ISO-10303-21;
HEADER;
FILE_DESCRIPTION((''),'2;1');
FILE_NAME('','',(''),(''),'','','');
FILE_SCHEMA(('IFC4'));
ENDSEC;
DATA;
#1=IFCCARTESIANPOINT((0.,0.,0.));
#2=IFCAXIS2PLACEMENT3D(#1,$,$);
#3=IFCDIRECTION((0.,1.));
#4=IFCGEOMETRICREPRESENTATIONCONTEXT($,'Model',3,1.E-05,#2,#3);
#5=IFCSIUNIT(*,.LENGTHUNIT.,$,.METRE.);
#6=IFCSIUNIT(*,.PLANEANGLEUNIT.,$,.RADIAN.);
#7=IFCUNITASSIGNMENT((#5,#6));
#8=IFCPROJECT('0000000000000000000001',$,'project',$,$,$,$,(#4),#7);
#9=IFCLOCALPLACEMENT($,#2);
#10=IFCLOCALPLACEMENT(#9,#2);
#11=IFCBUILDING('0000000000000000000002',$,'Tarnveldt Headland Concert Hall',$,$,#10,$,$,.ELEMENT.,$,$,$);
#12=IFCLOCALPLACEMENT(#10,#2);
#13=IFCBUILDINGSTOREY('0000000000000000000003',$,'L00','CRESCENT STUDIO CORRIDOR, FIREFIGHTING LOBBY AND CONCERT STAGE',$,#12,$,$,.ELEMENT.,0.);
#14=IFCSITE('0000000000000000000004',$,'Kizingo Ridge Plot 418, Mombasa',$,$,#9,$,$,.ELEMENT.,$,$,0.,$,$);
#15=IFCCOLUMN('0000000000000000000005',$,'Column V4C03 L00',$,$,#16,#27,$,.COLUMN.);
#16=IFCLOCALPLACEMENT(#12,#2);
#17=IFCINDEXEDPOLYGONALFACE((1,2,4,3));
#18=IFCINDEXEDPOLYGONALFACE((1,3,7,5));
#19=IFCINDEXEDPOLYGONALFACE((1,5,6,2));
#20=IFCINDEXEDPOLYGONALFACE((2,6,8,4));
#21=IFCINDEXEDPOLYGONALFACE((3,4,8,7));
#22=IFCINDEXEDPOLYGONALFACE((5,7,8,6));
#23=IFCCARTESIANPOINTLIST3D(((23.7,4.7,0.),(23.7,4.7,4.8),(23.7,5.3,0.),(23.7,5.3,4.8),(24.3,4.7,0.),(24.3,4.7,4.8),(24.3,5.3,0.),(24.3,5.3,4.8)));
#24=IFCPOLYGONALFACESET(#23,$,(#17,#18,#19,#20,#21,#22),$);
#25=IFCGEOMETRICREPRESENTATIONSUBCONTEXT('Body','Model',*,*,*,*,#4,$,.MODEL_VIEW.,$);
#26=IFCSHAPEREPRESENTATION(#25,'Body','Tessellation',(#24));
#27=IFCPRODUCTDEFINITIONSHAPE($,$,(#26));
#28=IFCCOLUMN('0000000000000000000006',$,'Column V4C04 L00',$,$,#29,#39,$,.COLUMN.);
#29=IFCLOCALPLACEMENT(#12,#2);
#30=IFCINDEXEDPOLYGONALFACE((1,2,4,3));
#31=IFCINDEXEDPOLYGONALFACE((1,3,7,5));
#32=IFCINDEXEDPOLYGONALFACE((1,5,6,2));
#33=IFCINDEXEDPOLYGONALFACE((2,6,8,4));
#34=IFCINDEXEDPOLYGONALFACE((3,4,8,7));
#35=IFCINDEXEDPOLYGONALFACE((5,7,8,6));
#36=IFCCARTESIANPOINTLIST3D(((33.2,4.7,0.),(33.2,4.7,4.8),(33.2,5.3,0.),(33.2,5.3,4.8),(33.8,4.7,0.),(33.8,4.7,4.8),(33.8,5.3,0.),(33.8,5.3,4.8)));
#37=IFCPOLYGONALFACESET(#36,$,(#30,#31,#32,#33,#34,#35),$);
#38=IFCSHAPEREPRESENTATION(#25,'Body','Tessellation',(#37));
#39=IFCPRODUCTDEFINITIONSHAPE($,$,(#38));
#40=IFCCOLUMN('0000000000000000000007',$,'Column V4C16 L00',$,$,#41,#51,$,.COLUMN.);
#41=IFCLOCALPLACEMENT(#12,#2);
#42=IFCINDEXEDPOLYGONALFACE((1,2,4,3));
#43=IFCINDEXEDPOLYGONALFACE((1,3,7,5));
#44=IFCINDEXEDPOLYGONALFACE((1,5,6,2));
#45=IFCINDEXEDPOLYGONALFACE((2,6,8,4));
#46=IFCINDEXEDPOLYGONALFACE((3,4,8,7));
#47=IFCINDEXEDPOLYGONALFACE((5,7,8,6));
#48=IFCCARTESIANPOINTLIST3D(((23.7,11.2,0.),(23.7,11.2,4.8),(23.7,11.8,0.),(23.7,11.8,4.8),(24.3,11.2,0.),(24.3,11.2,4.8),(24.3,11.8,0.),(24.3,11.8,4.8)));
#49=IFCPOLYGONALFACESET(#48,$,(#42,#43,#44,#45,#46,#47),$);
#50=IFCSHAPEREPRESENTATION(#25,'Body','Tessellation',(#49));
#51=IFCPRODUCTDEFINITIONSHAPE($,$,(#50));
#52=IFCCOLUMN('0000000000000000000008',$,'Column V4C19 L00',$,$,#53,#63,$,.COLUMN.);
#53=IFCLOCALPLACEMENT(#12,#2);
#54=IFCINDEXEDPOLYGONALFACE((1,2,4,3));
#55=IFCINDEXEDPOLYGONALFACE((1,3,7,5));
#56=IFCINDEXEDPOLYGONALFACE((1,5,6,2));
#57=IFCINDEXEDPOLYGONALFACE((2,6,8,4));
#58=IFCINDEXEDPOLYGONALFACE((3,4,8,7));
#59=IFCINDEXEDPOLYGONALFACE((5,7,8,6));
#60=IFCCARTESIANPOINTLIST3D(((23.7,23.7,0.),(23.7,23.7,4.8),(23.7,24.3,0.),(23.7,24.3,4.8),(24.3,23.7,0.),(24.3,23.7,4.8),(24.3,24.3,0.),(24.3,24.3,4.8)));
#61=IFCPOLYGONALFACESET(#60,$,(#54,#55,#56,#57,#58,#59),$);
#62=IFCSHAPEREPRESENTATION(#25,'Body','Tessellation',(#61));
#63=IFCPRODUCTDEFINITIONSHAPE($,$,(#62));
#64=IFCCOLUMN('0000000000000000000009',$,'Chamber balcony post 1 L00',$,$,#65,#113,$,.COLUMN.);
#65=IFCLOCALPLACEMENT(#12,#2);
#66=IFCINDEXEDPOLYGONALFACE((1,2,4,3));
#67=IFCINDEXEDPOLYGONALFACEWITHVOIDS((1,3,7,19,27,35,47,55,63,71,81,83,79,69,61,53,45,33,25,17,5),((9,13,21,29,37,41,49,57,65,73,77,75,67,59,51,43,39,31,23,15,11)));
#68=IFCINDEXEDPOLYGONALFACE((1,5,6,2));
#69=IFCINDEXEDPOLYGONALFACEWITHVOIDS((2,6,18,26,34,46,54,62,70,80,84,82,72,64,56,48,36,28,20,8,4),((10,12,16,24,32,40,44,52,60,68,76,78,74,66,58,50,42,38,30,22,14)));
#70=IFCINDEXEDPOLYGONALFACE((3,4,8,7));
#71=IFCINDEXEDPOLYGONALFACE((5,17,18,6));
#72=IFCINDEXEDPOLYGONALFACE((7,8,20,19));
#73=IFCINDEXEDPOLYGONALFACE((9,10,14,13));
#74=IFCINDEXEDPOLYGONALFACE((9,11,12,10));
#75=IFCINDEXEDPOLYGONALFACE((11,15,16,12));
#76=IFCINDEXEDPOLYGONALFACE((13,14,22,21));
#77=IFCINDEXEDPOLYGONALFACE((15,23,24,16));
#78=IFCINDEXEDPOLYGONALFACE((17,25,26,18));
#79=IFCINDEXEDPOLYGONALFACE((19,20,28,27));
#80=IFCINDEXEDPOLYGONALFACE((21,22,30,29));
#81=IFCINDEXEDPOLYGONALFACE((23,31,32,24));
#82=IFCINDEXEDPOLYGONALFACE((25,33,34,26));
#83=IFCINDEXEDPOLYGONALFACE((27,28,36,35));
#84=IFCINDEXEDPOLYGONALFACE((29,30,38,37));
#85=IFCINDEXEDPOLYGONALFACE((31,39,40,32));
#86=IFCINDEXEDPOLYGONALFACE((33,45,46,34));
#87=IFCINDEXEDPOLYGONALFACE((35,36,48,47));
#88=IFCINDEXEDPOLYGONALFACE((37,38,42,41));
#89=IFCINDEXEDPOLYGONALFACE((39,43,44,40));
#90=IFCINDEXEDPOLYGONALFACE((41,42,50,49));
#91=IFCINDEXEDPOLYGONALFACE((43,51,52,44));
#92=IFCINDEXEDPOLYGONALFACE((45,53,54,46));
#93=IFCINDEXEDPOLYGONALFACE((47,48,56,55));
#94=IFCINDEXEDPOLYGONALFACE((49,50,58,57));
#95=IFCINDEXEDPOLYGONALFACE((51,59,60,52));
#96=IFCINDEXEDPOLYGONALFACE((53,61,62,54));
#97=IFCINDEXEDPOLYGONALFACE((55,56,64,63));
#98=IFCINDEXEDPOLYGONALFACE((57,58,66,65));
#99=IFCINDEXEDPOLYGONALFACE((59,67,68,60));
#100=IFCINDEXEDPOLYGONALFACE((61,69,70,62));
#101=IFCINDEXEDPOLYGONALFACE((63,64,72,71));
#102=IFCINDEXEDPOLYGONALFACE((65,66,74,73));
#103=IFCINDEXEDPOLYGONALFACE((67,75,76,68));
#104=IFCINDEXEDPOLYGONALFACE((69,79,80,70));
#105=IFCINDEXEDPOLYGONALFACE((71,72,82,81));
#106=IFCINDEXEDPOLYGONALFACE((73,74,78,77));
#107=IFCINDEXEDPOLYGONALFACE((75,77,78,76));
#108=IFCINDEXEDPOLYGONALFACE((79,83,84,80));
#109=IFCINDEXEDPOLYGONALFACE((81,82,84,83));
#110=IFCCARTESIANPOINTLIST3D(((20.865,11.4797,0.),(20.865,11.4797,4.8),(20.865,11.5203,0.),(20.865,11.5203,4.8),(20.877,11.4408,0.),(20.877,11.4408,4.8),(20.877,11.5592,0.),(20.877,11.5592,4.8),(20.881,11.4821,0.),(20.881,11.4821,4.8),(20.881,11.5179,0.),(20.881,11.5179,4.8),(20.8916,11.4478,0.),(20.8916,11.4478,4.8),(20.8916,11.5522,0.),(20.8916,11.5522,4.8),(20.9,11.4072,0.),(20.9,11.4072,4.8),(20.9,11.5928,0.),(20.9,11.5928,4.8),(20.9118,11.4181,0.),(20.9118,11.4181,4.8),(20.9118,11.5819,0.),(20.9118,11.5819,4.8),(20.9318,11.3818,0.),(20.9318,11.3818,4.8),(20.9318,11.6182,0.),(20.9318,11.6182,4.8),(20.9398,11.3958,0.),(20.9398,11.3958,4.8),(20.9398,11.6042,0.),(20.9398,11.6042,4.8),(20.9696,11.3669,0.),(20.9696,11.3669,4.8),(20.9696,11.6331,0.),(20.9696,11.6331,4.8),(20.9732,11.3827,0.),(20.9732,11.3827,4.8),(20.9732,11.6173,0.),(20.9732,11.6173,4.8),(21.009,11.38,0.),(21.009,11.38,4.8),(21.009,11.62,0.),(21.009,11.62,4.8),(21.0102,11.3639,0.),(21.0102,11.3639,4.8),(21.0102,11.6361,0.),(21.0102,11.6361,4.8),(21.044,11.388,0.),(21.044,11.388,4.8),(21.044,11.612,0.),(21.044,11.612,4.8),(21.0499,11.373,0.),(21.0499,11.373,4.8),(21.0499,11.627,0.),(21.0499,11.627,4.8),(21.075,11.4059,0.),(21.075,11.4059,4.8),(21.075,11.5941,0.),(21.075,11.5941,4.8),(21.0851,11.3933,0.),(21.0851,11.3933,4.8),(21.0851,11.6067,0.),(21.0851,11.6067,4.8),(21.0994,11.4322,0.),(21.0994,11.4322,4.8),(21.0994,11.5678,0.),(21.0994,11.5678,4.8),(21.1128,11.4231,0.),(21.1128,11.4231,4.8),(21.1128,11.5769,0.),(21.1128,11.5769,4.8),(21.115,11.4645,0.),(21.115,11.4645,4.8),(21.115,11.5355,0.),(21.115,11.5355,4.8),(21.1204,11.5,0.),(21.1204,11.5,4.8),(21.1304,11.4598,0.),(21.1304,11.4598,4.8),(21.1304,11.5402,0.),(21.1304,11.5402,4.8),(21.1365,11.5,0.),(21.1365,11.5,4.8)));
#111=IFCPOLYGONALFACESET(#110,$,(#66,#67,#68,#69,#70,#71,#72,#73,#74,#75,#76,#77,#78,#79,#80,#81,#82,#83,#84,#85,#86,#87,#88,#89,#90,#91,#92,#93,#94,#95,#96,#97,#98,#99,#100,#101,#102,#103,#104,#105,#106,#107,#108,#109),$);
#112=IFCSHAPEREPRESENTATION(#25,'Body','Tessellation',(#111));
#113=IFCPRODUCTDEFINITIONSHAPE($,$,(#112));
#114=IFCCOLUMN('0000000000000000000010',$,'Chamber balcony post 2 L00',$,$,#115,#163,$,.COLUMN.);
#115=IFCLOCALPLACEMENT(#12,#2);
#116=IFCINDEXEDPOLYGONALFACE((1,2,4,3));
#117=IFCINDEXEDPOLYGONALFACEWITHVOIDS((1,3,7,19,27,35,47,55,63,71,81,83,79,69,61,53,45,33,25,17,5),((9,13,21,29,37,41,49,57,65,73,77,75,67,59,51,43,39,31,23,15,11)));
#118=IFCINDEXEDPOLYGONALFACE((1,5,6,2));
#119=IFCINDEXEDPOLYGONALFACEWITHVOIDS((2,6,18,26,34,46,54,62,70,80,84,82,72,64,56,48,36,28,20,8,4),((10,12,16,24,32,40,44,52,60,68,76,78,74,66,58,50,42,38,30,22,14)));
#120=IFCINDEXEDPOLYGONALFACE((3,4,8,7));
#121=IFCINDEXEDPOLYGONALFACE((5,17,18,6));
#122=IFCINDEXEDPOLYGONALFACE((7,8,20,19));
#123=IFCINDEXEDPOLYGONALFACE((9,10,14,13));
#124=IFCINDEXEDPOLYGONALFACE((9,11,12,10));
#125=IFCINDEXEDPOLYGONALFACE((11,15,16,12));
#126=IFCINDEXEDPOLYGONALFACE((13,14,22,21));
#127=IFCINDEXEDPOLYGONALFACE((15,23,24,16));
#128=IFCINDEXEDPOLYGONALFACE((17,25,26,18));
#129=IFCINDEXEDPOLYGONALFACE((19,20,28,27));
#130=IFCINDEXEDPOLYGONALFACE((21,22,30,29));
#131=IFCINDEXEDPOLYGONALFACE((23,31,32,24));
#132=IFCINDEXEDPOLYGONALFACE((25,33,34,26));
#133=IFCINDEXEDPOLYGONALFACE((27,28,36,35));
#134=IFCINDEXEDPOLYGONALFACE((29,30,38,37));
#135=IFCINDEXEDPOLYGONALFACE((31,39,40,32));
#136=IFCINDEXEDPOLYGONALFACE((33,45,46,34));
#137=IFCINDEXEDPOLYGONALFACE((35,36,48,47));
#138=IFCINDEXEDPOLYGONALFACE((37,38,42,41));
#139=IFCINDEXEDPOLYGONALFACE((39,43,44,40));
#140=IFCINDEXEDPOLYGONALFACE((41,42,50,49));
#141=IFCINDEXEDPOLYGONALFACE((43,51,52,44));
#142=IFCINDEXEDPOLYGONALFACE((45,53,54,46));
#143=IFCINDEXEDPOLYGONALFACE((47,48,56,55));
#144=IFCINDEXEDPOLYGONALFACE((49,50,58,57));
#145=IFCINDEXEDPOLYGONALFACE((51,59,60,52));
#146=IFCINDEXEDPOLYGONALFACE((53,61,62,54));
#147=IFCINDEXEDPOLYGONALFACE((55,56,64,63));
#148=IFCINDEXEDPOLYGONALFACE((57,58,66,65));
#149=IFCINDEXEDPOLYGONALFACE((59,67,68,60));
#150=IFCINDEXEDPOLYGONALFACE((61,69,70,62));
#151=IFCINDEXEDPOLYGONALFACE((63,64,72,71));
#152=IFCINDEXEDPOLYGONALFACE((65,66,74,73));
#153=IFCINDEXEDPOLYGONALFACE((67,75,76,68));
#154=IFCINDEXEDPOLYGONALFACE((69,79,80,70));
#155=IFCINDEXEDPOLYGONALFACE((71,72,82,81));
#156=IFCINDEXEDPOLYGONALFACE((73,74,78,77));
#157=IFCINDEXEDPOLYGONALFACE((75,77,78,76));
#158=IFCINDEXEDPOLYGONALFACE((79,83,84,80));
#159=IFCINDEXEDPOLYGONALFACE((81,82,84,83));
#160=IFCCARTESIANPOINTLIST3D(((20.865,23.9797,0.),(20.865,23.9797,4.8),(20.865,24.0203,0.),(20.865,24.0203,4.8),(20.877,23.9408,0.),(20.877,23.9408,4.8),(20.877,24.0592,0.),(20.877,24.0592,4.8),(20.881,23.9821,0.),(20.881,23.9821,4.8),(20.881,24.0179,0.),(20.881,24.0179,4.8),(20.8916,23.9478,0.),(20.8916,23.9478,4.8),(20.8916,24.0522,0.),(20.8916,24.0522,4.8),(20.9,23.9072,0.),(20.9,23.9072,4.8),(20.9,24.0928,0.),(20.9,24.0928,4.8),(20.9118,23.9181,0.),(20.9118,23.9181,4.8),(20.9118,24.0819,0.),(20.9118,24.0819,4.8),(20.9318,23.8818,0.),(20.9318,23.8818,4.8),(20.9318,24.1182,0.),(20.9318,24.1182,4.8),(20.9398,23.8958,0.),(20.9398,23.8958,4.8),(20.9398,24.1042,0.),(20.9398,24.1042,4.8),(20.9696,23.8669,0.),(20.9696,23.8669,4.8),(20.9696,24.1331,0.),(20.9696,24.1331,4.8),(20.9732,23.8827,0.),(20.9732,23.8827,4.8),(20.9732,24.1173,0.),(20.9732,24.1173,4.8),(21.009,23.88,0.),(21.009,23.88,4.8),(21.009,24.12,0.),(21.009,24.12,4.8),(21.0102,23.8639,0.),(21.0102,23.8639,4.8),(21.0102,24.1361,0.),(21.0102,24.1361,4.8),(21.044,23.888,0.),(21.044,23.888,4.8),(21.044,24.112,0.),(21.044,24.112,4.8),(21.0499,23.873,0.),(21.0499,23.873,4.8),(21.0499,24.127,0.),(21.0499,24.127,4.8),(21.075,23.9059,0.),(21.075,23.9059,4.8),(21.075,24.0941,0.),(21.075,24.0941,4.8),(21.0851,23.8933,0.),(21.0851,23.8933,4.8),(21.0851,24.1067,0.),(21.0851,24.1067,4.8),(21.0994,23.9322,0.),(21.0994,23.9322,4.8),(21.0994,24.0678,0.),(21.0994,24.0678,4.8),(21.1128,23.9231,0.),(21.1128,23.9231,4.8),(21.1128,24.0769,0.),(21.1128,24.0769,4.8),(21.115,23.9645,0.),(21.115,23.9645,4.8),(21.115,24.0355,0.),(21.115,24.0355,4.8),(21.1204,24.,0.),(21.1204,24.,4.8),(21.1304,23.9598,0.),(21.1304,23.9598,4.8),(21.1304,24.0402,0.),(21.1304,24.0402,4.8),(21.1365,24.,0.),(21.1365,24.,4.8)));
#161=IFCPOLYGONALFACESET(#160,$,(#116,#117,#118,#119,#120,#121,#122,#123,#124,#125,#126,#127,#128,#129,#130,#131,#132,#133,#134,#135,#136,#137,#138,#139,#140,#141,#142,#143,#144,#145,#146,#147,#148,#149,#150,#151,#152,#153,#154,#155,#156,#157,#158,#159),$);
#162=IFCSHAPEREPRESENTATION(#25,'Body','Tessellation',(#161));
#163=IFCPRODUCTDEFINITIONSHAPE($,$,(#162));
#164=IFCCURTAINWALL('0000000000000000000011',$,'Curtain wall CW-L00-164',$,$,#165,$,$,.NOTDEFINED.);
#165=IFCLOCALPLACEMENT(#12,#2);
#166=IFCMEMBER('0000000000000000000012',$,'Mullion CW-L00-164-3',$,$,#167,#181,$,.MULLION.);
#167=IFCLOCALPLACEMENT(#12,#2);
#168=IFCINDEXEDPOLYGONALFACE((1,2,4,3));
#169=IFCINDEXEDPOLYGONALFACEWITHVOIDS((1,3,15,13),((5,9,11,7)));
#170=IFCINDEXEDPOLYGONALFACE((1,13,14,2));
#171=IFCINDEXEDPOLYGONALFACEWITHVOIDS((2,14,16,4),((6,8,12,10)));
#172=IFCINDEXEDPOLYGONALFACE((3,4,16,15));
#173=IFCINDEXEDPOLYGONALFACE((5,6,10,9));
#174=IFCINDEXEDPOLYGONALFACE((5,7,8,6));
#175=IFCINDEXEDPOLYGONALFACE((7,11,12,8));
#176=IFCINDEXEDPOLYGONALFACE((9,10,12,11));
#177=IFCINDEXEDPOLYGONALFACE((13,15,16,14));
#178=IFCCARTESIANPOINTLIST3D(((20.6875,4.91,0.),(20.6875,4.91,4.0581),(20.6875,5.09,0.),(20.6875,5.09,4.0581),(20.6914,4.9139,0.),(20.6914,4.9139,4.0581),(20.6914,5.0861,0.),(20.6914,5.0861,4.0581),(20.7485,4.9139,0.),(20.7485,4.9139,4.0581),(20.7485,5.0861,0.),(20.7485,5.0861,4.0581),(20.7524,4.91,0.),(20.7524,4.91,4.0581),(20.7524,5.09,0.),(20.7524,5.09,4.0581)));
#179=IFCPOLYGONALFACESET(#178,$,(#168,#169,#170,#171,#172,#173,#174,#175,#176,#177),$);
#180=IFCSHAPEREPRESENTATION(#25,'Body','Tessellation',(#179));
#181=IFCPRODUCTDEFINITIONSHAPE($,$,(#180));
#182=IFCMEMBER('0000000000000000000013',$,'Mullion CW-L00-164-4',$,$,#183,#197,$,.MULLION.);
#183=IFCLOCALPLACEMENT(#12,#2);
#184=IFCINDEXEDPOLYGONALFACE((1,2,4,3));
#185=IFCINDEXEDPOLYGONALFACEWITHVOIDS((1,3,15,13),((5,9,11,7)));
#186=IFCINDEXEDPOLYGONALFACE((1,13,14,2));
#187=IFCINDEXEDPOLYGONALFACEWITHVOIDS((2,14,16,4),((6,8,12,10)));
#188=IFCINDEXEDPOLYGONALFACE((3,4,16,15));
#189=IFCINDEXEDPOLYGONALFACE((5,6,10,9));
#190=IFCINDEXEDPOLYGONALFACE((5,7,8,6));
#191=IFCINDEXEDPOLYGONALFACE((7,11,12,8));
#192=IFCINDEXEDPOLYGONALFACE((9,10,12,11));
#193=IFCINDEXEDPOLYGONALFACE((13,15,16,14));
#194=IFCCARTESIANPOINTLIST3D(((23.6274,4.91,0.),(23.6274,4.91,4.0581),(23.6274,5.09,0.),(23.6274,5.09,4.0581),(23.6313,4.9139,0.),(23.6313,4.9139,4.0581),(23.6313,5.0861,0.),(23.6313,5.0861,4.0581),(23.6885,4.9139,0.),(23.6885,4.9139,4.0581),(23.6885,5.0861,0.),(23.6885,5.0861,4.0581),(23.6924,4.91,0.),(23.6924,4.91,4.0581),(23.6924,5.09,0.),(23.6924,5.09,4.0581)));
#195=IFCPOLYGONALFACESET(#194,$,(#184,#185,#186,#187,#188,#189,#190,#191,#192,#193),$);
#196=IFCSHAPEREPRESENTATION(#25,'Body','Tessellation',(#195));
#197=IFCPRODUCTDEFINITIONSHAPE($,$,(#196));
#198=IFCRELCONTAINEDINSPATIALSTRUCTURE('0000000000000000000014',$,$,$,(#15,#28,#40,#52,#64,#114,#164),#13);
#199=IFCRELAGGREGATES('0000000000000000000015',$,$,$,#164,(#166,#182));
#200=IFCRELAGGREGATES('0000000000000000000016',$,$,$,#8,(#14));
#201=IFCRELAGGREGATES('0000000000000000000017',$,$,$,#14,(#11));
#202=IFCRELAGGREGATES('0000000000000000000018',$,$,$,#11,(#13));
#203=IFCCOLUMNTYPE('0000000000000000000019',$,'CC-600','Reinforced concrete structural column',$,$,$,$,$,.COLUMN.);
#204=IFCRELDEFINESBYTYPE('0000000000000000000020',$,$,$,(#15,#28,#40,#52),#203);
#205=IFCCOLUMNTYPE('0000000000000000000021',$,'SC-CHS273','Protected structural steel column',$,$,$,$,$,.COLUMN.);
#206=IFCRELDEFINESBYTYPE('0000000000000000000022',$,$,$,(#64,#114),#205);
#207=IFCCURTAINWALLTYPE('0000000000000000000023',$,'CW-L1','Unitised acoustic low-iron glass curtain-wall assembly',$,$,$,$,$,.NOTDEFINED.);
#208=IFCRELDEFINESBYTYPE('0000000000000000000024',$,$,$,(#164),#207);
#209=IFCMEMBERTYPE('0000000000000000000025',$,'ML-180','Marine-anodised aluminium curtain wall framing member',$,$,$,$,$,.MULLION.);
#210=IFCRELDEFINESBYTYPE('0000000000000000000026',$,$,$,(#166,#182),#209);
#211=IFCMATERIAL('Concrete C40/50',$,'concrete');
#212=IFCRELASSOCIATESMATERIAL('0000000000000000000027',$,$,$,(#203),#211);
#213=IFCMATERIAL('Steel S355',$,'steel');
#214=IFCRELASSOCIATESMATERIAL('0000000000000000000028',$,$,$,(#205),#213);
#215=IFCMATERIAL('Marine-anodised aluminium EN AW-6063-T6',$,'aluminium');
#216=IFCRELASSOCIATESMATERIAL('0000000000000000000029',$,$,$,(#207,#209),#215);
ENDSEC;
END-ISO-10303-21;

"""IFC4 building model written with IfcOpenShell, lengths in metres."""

from ifc_helpers import new_model, si_unit, direction, frame, origin, origin_2d, place, context, subcontext, project, spatial, rectangle, hollow_rectangle, hollow_circle, extrude, material, material_profile, profile_set, type_object, element, aggregate, save


model = new_model("IFC4")

# Units and contexts
model_context = context("Model", 3, precision=1e-05, world=origin(), true_north=direction((0.0, 1.0)))
body_context = subcontext(model_context, "Body", "Model", "MODEL_VIEW")
ifc_project = project(units=[si_unit("LENGTHUNIT", "METRE"), si_unit("PLANEANGLEUNIT", "RADIAN")], contexts=[model_context])

# Site, building, storey
site_placement = place(None, origin())
site = spatial("IfcSite", under=ifc_project, at=site_placement, Name="Kizingo Ridge Plot 418, Mombasa", CompositionType="ELEMENT", RefElevation=0.0)
building_placement = place(site_placement, origin())
building = spatial("IfcBuilding", under=site, at=building_placement, Name="Tarnveldt Headland Concert Hall", CompositionType="ELEMENT")
storey_placement = place(building_placement, origin())
storey = spatial("IfcBuildingStorey", under=building, at=storey_placement, Name="L00", Description="CRESCENT STUDIO CORRIDOR, FIREFIGHTING LOBBY AND CONCERT STAGE", CompositionType="ELEMENT", Elevation=0.0)

# Columns
ifc_material_1 = material(Name="Concrete C40/50", Category="concrete")
ifc_material_profile_1 = material_profile(ifc_material_1, rectangle(XDim=0.6001, YDim=0.6001, at=origin_2d()), Name="RC 600x600", Category="concrete")
ifc_profile_set_1 = profile_set([ifc_material_profile_1], Name="Concrete C40/50")
column_type_1 = type_object("IfcColumnType", Name="CC-600", Description="Reinforced concrete structural column", PredefinedType="COLUMN", material=ifc_profile_set_1)
for number, where, z_axis, x_axis, name in (
    (1, (24.0, 5.0, 0.0), (0.0, 0.0, 1.0), (1.0, 0.0, 0.0), "Column V4C03 L00"),
    (2, (33.5, 5.0, 0.0), (0.0, 0.0, 1.0), (1.0, 0.0, 0.0), "Column V4C04 L00"),
    (3, (24.0, 11.5, 0.0), (0.0, 0.0, 1.0), (1.0, 0.0, 0.0), "Column V4C16 L00"),
    (4, (24.0, 24.0, 0.0), (0.0, 0.0, 1.0), (1.0, 0.0, 0.0), "Column V4C19 L00"),
):
    element("IfcColumn", number, at=place(storey_placement, frame(where, z_axis=z_axis, x_axis=x_axis)), inside=storey, type_object=column_type_1, Name=name, PredefinedType="COLUMN", context=body_context, shape_type="SweptSolid", body=[
        extrude(rectangle(XDim=0.6001, YDim=0.6001, at=origin_2d()), origin(), (0.0, 0.0, 1.0), 4.8),
    ])
ifc_material_2 = material(Name="Steel S355", Category="steel")
ifc_material_profile_2 = material_profile(ifc_material_2, hollow_circle(Radius=0.1365, WallThickness=0.0161, at=origin_2d()), Name="CHS 273x16", Category="steel")
ifc_profile_set_2 = profile_set([ifc_material_profile_2], Name="Steel S355")
column_type_2 = type_object("IfcColumnType", Name="SC-CHS273", Description="Protected structural steel column", PredefinedType="COLUMN", material=ifc_profile_set_2)
for number, where, z_axis, x_axis, name in (
    (5, (21.0, 11.5, 0.0), (0.0, 0.0, 1.0), (1.0, 0.0, 0.0), "Chamber balcony post 1 L00"),
    (6, (21.0, 24.0, 0.0), (0.0, 0.0, 1.0), (1.0, 0.0, 0.0), "Chamber balcony post 2 L00"),
):
    element("IfcColumn", number, at=place(storey_placement, frame(where, z_axis=z_axis, x_axis=x_axis)), inside=storey, type_object=column_type_2, Name=name, PredefinedType="COLUMN", context=body_context, shape_type="SweptSolid", body=[
        extrude(hollow_circle(Radius=0.1365, WallThickness=0.0161, at=origin_2d()), origin(), (0.0, 0.0, 1.0), 4.8),
    ])

# Curtain wall, members
ifc_material_3 = material(Name="Marine-anodised aluminium EN AW-6063-T6", Category="aluminium")
curtain_wall_type = type_object("IfcCurtainWallType", Name="CW-L1", Description="Unitised acoustic low-iron glass curtain-wall assembly", PredefinedType="NOTDEFINED", material=ifc_material_3)
curtain_wall_placement = place(storey_placement, origin())
curtain_wall = element("IfcCurtainWall", 7, at=curtain_wall_placement, inside=storey, type_object=curtain_wall_type, Name="Curtain wall CW-L00-164", PredefinedType="NOTDEFINED")
ifc_material_profile_3 = material_profile(ifc_material_3, hollow_rectangle(XDim=0.0649, YDim=0.1799, WallThickness=0.0039, at=origin_2d()), Name="ALU MULLION 65x180x4", Category="aluminium")
ifc_profile_set_3 = profile_set([ifc_material_profile_3], Name="Marine-anodised aluminium EN AW-6063-T6")
member_type_1 = type_object("IfcMemberType", Name="ML-180", Description="Marine-anodised aluminium curtain wall framing member", PredefinedType="MULLION", material=ifc_profile_set_3)
member_1_placement = place(storey_placement, frame((20.72, 5.0, 0.0), z_axis=(0.0, 0.0, 1.0), x_axis=(1.0, 0.0, 0.0)))
member_1 = element("IfcMember", 8, at=member_1_placement, type_object=member_type_1, Name="Mullion CW-L00-164-3", PredefinedType="MULLION", context=body_context, shape_type="SweptSolid", body=[
    extrude(hollow_rectangle(XDim=0.0649, YDim=0.1799, WallThickness=0.0039, at=origin_2d()), origin(), (0.0, 0.0, 1.0), 4.0581),
])
member_2_placement = place(storey_placement, frame((23.6599, 5.0, 0.0), z_axis=(0.0, 0.0, 1.0), x_axis=(1.0, 0.0, 0.0)))
member_2 = element("IfcMember", 9, at=member_2_placement, type_object=member_type_1, Name="Mullion CW-L00-164-4", PredefinedType="MULLION", context=body_context, shape_type="SweptSolid", body=[
    extrude(hollow_rectangle(XDim=0.0649, YDim=0.1799, WallThickness=0.0039, at=origin_2d()), origin(), (0.0, 0.0, 1.0), 4.0581),
])

aggregate(curtain_wall, [member_1, member_2])

save(model, "model.ifc")
